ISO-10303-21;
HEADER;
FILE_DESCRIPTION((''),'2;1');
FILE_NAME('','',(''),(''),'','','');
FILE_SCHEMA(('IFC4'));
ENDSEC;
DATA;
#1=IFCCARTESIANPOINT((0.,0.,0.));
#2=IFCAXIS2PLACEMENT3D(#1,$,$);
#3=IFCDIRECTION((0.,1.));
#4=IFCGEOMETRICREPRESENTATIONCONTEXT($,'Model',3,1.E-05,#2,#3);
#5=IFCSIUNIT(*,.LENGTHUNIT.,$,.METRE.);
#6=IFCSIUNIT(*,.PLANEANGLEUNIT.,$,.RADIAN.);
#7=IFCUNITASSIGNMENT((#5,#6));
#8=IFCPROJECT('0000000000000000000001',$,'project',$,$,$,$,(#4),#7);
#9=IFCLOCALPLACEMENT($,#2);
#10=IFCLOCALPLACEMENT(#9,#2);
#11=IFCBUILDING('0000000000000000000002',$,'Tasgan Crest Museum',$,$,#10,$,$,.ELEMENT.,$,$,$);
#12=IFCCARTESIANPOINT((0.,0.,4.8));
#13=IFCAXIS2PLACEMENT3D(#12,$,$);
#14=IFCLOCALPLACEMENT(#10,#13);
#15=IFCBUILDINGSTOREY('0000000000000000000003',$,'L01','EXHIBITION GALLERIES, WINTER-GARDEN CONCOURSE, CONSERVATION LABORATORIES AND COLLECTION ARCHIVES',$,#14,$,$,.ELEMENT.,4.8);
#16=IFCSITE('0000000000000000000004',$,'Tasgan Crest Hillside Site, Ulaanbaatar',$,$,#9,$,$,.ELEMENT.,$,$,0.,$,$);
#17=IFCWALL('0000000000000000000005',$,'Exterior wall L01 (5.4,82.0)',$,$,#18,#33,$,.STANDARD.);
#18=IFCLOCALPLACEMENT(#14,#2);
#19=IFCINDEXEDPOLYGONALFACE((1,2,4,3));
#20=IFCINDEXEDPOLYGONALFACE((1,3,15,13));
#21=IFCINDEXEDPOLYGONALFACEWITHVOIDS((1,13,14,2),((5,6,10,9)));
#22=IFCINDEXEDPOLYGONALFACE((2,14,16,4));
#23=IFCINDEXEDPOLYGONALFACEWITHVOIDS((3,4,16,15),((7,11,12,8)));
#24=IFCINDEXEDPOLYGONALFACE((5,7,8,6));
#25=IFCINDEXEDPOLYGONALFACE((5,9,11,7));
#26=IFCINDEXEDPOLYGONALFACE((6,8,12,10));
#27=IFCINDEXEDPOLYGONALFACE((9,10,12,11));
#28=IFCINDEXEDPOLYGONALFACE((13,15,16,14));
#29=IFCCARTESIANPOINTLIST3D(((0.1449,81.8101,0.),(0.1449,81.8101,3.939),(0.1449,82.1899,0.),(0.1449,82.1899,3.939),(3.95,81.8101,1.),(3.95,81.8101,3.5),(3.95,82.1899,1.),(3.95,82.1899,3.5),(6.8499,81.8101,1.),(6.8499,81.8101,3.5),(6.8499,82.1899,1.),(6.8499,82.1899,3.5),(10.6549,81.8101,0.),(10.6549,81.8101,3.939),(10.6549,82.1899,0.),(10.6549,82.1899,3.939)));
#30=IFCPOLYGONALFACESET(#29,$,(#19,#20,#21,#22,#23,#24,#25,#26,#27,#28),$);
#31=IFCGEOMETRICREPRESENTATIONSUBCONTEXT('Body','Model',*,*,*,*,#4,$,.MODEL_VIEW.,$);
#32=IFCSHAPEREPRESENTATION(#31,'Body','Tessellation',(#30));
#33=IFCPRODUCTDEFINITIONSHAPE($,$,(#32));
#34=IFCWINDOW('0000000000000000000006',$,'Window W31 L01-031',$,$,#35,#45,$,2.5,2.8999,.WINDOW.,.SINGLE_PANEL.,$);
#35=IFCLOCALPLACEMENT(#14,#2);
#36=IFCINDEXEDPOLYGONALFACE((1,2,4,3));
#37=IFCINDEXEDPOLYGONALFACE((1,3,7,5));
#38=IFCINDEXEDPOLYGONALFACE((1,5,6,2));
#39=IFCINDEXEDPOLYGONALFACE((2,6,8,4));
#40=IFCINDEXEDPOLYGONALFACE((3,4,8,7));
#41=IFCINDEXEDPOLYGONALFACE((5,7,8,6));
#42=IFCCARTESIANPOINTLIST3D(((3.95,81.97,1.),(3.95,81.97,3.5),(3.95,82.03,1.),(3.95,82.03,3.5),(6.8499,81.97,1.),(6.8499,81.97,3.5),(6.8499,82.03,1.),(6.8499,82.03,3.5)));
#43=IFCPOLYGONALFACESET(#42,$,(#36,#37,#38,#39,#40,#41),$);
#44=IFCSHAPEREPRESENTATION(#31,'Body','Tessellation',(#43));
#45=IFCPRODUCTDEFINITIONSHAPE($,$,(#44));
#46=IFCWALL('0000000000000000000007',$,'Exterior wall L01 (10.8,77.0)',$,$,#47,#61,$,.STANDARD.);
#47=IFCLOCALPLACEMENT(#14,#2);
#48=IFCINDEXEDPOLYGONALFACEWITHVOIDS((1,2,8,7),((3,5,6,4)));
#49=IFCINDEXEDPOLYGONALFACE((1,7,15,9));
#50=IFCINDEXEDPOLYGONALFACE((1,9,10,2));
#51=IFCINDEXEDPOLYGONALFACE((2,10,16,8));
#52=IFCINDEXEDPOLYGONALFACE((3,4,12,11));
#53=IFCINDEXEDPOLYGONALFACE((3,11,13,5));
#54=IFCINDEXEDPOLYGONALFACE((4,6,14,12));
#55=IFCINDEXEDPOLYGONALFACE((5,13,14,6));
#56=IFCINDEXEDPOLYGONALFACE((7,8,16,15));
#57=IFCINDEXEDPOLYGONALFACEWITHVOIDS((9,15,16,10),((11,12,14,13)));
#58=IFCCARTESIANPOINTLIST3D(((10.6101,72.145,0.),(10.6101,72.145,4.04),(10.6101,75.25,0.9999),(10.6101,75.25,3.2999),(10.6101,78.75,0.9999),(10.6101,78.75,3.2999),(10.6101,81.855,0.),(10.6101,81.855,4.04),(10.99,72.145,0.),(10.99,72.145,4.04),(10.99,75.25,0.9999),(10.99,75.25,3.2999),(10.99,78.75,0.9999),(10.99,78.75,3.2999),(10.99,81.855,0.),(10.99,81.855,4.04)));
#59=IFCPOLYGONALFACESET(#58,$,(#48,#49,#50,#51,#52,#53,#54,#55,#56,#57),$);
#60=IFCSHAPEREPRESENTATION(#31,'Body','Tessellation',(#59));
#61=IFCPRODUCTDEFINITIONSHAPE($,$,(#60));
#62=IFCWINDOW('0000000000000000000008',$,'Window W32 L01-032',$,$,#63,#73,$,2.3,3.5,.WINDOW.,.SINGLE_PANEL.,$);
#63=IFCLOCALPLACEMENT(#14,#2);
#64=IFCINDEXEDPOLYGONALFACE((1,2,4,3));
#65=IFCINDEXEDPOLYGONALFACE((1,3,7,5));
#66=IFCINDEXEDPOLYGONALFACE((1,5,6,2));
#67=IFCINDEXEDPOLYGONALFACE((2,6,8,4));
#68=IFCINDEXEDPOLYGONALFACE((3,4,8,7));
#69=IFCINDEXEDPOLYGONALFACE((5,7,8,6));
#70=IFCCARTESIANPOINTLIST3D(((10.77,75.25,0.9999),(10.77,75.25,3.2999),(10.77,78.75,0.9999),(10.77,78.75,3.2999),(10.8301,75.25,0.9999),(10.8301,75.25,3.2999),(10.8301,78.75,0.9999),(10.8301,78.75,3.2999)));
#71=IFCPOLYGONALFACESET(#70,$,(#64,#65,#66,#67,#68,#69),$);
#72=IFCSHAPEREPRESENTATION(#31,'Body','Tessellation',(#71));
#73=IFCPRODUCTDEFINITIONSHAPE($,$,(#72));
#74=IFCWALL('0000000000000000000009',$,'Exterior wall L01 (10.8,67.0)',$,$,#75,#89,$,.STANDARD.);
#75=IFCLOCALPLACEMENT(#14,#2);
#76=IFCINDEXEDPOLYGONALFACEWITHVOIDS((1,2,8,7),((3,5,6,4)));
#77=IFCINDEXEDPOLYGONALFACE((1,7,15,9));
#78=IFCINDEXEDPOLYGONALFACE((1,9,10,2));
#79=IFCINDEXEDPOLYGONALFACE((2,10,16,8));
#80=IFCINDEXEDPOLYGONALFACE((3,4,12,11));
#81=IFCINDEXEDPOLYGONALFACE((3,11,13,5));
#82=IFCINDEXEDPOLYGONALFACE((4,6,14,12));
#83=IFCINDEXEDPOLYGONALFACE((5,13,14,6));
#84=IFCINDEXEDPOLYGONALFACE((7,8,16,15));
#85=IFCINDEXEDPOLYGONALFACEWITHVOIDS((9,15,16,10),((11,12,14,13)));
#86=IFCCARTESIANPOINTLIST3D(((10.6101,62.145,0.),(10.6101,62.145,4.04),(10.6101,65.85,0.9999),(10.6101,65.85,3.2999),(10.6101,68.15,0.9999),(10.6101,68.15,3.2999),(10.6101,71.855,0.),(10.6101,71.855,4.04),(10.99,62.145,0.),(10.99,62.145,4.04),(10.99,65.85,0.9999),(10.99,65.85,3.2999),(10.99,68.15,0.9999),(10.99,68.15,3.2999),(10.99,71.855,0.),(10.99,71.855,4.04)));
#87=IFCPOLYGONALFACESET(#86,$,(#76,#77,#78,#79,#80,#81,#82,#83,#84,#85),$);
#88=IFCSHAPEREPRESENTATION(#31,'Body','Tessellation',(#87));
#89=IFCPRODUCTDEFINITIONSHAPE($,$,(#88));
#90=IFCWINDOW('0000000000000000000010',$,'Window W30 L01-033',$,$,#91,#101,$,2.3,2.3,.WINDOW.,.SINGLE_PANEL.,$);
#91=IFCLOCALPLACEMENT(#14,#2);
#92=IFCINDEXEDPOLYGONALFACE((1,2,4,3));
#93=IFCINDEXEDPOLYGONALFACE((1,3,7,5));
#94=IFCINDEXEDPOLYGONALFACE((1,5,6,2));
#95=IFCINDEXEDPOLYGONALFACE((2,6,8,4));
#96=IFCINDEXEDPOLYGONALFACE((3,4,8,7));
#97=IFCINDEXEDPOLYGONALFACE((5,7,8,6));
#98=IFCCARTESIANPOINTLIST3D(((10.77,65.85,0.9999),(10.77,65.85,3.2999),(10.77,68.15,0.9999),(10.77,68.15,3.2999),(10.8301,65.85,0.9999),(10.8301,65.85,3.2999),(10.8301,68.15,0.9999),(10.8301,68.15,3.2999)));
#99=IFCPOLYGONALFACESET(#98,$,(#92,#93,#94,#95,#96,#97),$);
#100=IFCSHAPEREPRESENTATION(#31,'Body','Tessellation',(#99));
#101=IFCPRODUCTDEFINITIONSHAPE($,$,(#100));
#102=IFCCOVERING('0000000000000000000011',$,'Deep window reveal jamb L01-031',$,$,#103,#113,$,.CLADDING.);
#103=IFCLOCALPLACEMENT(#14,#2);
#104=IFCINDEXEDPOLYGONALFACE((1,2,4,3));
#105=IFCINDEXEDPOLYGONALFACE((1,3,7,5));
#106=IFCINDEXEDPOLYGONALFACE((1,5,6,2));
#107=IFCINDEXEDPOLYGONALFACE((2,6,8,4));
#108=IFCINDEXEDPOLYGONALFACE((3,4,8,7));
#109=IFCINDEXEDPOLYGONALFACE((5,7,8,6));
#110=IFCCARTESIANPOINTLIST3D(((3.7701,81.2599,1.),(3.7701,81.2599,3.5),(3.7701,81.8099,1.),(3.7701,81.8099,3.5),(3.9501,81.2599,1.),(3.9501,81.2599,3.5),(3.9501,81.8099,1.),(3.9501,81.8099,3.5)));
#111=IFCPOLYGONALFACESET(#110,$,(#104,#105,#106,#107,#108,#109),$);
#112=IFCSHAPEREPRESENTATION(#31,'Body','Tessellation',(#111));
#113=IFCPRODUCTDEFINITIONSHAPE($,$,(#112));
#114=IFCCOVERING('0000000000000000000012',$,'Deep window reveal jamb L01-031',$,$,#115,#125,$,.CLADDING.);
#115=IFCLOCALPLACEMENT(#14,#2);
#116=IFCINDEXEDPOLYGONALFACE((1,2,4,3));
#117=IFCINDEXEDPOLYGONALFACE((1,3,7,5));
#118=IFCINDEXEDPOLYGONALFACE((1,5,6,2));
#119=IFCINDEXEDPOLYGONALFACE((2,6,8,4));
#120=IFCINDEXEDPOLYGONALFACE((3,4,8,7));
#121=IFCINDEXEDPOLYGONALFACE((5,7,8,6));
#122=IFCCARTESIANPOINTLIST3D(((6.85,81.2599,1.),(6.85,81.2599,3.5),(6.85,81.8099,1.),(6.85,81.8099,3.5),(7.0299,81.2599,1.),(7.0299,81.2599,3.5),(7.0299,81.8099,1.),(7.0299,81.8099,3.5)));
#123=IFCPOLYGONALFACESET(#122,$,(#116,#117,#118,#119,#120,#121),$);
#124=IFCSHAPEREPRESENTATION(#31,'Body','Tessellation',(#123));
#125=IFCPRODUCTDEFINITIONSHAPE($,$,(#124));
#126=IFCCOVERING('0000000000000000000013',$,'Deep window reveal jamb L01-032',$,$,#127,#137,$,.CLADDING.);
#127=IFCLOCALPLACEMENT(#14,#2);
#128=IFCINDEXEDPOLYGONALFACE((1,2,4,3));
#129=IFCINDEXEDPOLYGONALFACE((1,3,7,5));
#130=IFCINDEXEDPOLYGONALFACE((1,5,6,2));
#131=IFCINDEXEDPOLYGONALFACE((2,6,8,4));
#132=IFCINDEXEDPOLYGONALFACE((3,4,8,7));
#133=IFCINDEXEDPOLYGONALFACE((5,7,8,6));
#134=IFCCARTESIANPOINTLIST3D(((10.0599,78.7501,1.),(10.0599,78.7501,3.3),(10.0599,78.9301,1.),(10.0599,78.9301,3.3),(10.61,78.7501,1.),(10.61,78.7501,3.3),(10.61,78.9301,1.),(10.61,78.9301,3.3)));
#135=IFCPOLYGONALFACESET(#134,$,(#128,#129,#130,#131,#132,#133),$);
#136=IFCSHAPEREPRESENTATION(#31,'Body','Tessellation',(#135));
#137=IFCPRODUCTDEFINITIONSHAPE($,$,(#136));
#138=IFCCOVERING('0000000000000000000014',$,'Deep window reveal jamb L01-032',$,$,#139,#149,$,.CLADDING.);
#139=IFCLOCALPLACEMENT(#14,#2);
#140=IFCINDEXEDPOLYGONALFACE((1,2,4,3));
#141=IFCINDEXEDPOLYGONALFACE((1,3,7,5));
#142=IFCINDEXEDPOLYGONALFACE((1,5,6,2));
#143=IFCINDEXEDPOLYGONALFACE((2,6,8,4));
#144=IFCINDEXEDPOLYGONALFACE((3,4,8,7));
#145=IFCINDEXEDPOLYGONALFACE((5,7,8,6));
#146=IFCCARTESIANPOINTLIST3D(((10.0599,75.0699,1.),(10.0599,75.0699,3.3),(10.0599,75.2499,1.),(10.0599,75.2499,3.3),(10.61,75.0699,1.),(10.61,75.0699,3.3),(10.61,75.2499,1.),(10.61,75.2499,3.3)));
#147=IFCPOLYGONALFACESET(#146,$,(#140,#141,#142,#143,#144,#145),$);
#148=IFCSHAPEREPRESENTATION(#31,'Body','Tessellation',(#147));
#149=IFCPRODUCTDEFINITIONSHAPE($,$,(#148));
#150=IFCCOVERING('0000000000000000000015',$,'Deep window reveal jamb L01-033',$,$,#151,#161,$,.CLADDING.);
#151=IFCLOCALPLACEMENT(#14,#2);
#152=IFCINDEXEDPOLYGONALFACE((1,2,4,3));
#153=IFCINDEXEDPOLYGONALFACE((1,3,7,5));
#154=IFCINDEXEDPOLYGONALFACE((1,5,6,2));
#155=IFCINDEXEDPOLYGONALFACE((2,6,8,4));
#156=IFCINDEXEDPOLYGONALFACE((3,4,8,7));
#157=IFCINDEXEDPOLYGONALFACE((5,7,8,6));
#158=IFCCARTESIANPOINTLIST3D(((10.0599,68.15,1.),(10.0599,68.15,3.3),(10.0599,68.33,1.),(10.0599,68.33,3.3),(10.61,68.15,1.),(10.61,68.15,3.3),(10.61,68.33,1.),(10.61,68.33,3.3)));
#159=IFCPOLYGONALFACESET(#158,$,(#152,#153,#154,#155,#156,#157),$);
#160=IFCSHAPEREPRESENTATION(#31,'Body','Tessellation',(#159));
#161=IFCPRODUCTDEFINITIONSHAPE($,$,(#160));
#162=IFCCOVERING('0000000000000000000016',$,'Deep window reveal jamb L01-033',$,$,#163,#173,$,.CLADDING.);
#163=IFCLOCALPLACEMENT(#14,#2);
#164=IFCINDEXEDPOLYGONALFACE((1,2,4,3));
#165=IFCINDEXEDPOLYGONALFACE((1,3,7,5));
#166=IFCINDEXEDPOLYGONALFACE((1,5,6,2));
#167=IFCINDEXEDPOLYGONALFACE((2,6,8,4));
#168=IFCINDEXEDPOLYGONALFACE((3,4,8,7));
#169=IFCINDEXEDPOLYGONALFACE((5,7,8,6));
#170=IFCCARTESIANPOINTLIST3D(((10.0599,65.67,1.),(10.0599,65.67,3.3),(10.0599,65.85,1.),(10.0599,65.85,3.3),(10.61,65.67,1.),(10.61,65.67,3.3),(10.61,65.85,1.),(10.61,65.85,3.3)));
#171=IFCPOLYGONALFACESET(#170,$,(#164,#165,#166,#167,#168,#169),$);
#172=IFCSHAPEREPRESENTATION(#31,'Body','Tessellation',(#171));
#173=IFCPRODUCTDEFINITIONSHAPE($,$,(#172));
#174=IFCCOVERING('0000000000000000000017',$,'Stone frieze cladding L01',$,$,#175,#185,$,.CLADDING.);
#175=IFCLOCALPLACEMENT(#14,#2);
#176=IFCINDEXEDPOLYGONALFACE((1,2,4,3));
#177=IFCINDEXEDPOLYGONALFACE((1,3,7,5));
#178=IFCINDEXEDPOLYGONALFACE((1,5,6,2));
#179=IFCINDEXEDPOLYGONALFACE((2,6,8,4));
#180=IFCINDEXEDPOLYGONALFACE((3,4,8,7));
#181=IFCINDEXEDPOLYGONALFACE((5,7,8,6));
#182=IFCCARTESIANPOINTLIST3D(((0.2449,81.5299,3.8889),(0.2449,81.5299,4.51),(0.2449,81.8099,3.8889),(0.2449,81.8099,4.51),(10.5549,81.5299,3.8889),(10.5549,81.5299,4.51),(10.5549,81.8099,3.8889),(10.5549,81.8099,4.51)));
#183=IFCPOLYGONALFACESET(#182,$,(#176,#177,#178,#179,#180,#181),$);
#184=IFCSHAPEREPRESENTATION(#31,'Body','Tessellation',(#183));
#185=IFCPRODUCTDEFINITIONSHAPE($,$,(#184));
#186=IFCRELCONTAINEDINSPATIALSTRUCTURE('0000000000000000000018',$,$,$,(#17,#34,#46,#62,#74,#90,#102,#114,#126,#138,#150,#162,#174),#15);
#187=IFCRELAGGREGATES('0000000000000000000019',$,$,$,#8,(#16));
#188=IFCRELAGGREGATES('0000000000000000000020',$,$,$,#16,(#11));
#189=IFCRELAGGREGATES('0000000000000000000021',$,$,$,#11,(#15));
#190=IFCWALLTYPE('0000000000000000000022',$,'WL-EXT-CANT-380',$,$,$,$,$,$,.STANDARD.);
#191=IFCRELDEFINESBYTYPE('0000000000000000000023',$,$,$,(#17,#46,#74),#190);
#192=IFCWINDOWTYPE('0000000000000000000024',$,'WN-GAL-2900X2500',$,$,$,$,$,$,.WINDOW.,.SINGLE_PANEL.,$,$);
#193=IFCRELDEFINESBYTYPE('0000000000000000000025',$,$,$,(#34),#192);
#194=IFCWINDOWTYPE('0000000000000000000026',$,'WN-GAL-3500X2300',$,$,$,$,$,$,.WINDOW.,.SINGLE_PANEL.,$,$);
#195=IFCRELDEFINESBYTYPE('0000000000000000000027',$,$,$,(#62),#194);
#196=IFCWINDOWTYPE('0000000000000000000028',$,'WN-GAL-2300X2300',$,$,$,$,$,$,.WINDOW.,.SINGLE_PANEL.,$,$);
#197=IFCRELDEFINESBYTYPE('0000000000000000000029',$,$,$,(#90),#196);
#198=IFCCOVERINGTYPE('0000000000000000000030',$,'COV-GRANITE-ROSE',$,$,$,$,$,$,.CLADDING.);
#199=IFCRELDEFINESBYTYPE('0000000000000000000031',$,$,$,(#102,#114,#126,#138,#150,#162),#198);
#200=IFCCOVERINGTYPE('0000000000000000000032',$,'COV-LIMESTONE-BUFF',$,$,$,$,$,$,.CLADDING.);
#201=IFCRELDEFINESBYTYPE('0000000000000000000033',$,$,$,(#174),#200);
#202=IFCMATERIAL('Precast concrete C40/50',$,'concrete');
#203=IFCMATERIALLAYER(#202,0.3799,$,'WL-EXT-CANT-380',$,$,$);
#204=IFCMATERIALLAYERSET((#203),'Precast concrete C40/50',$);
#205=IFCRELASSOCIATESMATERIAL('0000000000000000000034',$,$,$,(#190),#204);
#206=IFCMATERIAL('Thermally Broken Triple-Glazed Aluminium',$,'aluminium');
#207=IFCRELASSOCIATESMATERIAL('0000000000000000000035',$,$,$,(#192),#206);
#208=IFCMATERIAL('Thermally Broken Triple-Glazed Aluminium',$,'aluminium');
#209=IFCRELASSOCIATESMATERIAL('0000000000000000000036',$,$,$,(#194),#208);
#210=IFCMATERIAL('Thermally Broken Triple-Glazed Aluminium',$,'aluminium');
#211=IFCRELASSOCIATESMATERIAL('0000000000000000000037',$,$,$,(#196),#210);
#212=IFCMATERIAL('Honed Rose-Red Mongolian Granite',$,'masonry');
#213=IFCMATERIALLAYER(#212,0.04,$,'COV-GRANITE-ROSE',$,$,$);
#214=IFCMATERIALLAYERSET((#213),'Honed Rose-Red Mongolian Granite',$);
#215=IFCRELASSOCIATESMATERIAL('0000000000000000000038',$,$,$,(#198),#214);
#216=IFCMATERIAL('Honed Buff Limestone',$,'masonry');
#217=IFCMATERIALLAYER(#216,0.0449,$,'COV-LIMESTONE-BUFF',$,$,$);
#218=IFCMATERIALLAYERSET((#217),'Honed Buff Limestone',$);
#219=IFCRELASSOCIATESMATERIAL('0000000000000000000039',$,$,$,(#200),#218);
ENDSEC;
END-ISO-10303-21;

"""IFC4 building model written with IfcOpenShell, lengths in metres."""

from ifc_helpers import new_model, si_unit, direction, frame, frame_2d, origin, origin_2d, place, context, subcontext, project, spatial, rectangle, extrude, material, layer, layer_set, type_object, element, fill, save


model = new_model("IFC4")

# Units and contexts
model_context = context("Model", 3, precision=1e-05, world=origin(), true_north=direction((0.0, 1.0)))
body_context = subcontext(model_context, "Body", "Model", "MODEL_VIEW")
ifc_project = project(units=[si_unit("LENGTHUNIT", "METRE"), si_unit("PLANEANGLEUNIT", "RADIAN")], contexts=[model_context])

# Site, building, storey
site_placement = place(None, origin())
site = spatial("IfcSite", under=ifc_project, at=site_placement, Name="Tasgan Crest Hillside Site, Ulaanbaatar", CompositionType="ELEMENT", RefElevation=0.0)
building_placement = place(site_placement, origin())
building = spatial("IfcBuilding", under=site, at=building_placement, Name="Tasgan Crest Museum", CompositionType="ELEMENT")
storey_placement = place(building_placement, frame((0.0, 0.0, 4.8)))
storey = spatial("IfcBuildingStorey", under=building, at=storey_placement, Name="L01", Description="EXHIBITION GALLERIES, WINTER-GARDEN CONCOURSE, CONSERVATION LABORATORIES AND COLLECTION ARCHIVES", CompositionType="ELEMENT", Elevation=4.8)

# Walls, openings, windows
ifc_material_1 = material(Name="Precast concrete C40/50", Category="concrete")
ifc_layer_1 = layer(ifc_material_1, 0.3799, Name="WL-EXT-CANT-380")
ifc_layer_set_1 = layer_set([ifc_layer_1], Name="Precast concrete C40/50")
wall_type_1 = type_object("IfcWallType", Name="WL-EXT-CANT-380", PredefinedType="STANDARD", material=ifc_layer_set_1)
wall_1_placement = place(storey_placement, frame((0.145, 82.0, 0.0), z_axis=(0.0, 0.0, 1.0), x_axis=(1.0, 0.0, 0.0)))
wall_1 = element("IfcWall", 1, at=wall_1_placement, inside=storey, type_object=wall_type_1, Name="Exterior wall L01 (5.4,82.0)", PredefinedType="STANDARD", context=body_context, shape_type="SweptSolid", body=[
    extrude(rectangle(XDim=10.51, YDim=0.3799, at=frame_2d((5.2549, 0.0))), origin(), (0.0, 0.0, 1.0), 3.939),
])
opening_1_placement = place(wall_1_placement, frame((3.8049, 0.0, 1.0)))
opening_1 = element("IfcOpeningElement", 2, at=opening_1_placement, cuts=wall_1, PredefinedType="OPENING", context=body_context, shape_type="SweptSolid", body=[
    extrude(rectangle(XDim=2.8999, YDim=2.5, at=frame_2d((1.45, 1.25))), frame((0.0, 0.2, 0.0), z_axis=(0.0, -1.0, 0.0), x_axis=(1.0, 0.0, 0.0)), (0.0, 0.0, 1.0), 0.3999),
])
ifc_material_2 = material(Name="Thermally Broken Triple-Glazed Aluminium", Category="aluminium")
window_type_1 = type_object("IfcWindowType", Name="WN-GAL-2900X2500", PartitioningType="SINGLE_PANEL", PredefinedType="WINDOW", material=ifc_material_2)
window_1_placement = place(opening_1_placement, origin())
window_1 = element("IfcWindow", 3, at=window_1_placement, inside=storey, type_object=window_type_1, Name="Window W31 L01-031", OverallHeight=2.5, OverallWidth=2.8999, PartitioningType="SINGLE_PANEL", PredefinedType="WINDOW", context=body_context, shape_type="SweptSolid", body=[
    extrude(rectangle(XDim=2.8999, YDim=2.5, at=frame_2d((1.45, 1.25))), frame((0.0, 0.03, 0.0), z_axis=(0.0, -1.0, 0.0), x_axis=(1.0, 0.0, 0.0)), (0.0, 0.0, 1.0), 0.0601),
])
fill(opening_1, window_1)
wall_2_placement = place(storey_placement, frame((10.8, 81.855, 0.0), z_axis=(0.0, 0.0, 1.0), x_axis=(0.0, -1.0, 0.0)))
wall_2 = element("IfcWall", 4, at=wall_2_placement, inside=storey, type_object=wall_type_1, Name="Exterior wall L01 (10.8,77.0)", PredefinedType="STANDARD", context=body_context, shape_type="SweptSolid", body=[
    extrude(rectangle(XDim=9.71, YDim=0.3799, at=frame_2d((4.855, 0.0))), origin(), (0.0, 0.0, 1.0), 4.04),
])
opening_2_placement = place(wall_2_placement, frame((3.105, 0.0, 1.0)))
opening_2 = element("IfcOpeningElement", 5, at=opening_2_placement, cuts=wall_2, PredefinedType="OPENING", context=body_context, shape_type="SweptSolid", body=[
    extrude(rectangle(XDim=3.5, YDim=2.3, at=frame_2d((1.75, 1.1499))), frame((0.0, 0.2, 0.0), z_axis=(0.0, -1.0, 0.0), x_axis=(1.0, 0.0, 0.0)), (0.0, 0.0, 1.0), 0.3999),
])
ifc_material_3 = material(Name="Thermally Broken Triple-Glazed Aluminium", Category="aluminium")
window_type_2 = type_object("IfcWindowType", Name="WN-GAL-3500X2300", PartitioningType="SINGLE_PANEL", PredefinedType="WINDOW", material=ifc_material_3)
window_2_placement = place(opening_2_placement, origin())
window_2 = element("IfcWindow", 6, at=window_2_placement, inside=storey, type_object=window_type_2, Name="Window W32 L01-032", OverallHeight=2.3, OverallWidth=3.5, PartitioningType="SINGLE_PANEL", PredefinedType="WINDOW", context=body_context, shape_type="SweptSolid", body=[
    extrude(rectangle(XDim=3.5, YDim=2.3, at=frame_2d((1.75, 1.1499))), frame((0.0, 0.03, 0.0), z_axis=(0.0, -1.0, 0.0), x_axis=(1.0, 0.0, 0.0)), (0.0, 0.0, 1.0), 0.0601),
])
fill(opening_2, window_2)
wall_3_placement = place(storey_placement, frame((10.8, 71.855, 0.0), z_axis=(0.0, 0.0, 1.0), x_axis=(0.0, -1.0, 0.0)))
wall_3 = element("IfcWall", 7, at=wall_3_placement, inside=storey, type_object=wall_type_1, Name="Exterior wall L01 (10.8,67.0)", PredefinedType="STANDARD", context=body_context, shape_type="SweptSolid", body=[
    extrude(rectangle(XDim=9.71, YDim=0.3799, at=frame_2d((4.855, 0.0))), origin(), (0.0, 0.0, 1.0), 4.04),
])
opening_3_placement = place(wall_3_placement, frame((3.7051, 0.0, 1.0)))
opening_3 = element("IfcOpeningElement", 8, at=opening_3_placement, cuts=wall_3, PredefinedType="OPENING", context=body_context, shape_type="SweptSolid", body=[
    extrude(rectangle(XDim=2.3, YDim=2.3, at=frame_2d((1.1499, 1.1499))), frame((0.0, 0.2, 0.0), z_axis=(0.0, -1.0, 0.0), x_axis=(1.0, 0.0, 0.0)), (0.0, 0.0, 1.0), 0.3999),
])
ifc_material_4 = material(Name="Thermally Broken Triple-Glazed Aluminium", Category="aluminium")
window_type_3 = type_object("IfcWindowType", Name="WN-GAL-2300X2300", PartitioningType="SINGLE_PANEL", PredefinedType="WINDOW", material=ifc_material_4)
window_3_placement = place(opening_3_placement, origin())
window_3 = element("IfcWindow", 9, at=window_3_placement, inside=storey, type_object=window_type_3, Name="Window W30 L01-033", OverallHeight=2.3, OverallWidth=2.3, PartitioningType="SINGLE_PANEL", PredefinedType="WINDOW", context=body_context, shape_type="SweptSolid", body=[
    extrude(rectangle(XDim=2.3, YDim=2.3, at=frame_2d((1.1499, 1.1499))), frame((0.0, 0.03, 0.0), z_axis=(0.0, -1.0, 0.0), x_axis=(1.0, 0.0, 0.0)), (0.0, 0.0, 1.0), 0.0601),
])
fill(opening_3, window_3)

# Coverings
ifc_material_5 = material(Name="Honed Rose-Red Mongolian Granite", Category="masonry")
ifc_layer_2 = layer(ifc_material_5, 0.04, Name="COV-GRANITE-ROSE")
ifc_layer_set_2 = layer_set([ifc_layer_2], Name="Honed Rose-Red Mongolian Granite")
covering_type_1 = type_object("IfcCoveringType", Name="COV-GRANITE-ROSE", PredefinedType="CLADDING", material=ifc_layer_set_2)
for number, where, z_axis, x_axis, name in (
    (10, (3.8601, 81.5349, 1.0), (0.0, 0.0, 1.0), (1.0, 0.0, 0.0), "Deep window reveal jamb L01-031"),
    (11, (6.9399, 81.5349, 1.0), (0.0, 0.0, 1.0), (1.0, 0.0, 0.0), "Deep window reveal jamb L01-031"),
):
    element("IfcCovering", number, at=place(storey_placement, frame(where, z_axis=z_axis, x_axis=x_axis)), inside=storey, type_object=covering_type_1, Name=name, PredefinedType="CLADDING", context=body_context, shape_type="SweptSolid", body=[
        extrude(rectangle(XDim=0.1799, YDim=0.55, at=origin_2d()), origin(), (0.0, 0.0, 1.0), 2.5),
    ])
for number, where, z_axis, x_axis, name in (
    (12, (10.335, 78.8401, 1.0), (0.0, 0.0, 1.0), (0.0, -1.0, 0.0), "Deep window reveal jamb L01-032"),
    (13, (10.335, 75.1599, 1.0), (0.0, 0.0, 1.0), (0.0, -1.0, 0.0), "Deep window reveal jamb L01-032"),
    (14, (10.335, 68.24, 1.0), (0.0, 0.0, 1.0), (0.0, -1.0, 0.0), "Deep window reveal jamb L01-033"),
    (15, (10.335, 65.76, 1.0), (0.0, 0.0, 1.0), (0.0, -1.0, 0.0), "Deep window reveal jamb L01-033"),
):
    element("IfcCovering", number, at=place(storey_placement, frame(where, z_axis=z_axis, x_axis=x_axis)), inside=storey, type_object=covering_type_1, Name=name, PredefinedType="CLADDING", context=body_context, shape_type="SweptSolid", body=[
        extrude(rectangle(XDim=0.1799, YDim=0.55, at=origin_2d()), origin(), (0.0, 0.0, 1.0), 2.3),
    ])
ifc_material_6 = material(Name="Honed Buff Limestone", Category="masonry")
ifc_layer_3 = layer(ifc_material_6, 0.0449, Name="COV-LIMESTONE-BUFF")
ifc_layer_set_3 = layer_set([ifc_layer_3], Name="Honed Buff Limestone")
covering_type_2 = type_object("IfcCoveringType", Name="COV-LIMESTONE-BUFF", PredefinedType="CLADDING", material=ifc_layer_set_3)
covering_1_placement = place(storey_placement, frame((5.3999, 81.6699, 3.8889), z_axis=(0.0, 0.0, 1.0), x_axis=(1.0, 0.0, 0.0)))
element("IfcCovering", 16, at=covering_1_placement, inside=storey, type_object=covering_type_2, Name="Stone frieze cladding L01", PredefinedType="CLADDING", context=body_context, shape_type="SweptSolid", body=[
    extrude(rectangle(XDim=10.3101, YDim=0.28, at=origin_2d()), origin(), (0.0, 0.0, 1.0), 0.6211),
])

save(model, "model.ifc")
